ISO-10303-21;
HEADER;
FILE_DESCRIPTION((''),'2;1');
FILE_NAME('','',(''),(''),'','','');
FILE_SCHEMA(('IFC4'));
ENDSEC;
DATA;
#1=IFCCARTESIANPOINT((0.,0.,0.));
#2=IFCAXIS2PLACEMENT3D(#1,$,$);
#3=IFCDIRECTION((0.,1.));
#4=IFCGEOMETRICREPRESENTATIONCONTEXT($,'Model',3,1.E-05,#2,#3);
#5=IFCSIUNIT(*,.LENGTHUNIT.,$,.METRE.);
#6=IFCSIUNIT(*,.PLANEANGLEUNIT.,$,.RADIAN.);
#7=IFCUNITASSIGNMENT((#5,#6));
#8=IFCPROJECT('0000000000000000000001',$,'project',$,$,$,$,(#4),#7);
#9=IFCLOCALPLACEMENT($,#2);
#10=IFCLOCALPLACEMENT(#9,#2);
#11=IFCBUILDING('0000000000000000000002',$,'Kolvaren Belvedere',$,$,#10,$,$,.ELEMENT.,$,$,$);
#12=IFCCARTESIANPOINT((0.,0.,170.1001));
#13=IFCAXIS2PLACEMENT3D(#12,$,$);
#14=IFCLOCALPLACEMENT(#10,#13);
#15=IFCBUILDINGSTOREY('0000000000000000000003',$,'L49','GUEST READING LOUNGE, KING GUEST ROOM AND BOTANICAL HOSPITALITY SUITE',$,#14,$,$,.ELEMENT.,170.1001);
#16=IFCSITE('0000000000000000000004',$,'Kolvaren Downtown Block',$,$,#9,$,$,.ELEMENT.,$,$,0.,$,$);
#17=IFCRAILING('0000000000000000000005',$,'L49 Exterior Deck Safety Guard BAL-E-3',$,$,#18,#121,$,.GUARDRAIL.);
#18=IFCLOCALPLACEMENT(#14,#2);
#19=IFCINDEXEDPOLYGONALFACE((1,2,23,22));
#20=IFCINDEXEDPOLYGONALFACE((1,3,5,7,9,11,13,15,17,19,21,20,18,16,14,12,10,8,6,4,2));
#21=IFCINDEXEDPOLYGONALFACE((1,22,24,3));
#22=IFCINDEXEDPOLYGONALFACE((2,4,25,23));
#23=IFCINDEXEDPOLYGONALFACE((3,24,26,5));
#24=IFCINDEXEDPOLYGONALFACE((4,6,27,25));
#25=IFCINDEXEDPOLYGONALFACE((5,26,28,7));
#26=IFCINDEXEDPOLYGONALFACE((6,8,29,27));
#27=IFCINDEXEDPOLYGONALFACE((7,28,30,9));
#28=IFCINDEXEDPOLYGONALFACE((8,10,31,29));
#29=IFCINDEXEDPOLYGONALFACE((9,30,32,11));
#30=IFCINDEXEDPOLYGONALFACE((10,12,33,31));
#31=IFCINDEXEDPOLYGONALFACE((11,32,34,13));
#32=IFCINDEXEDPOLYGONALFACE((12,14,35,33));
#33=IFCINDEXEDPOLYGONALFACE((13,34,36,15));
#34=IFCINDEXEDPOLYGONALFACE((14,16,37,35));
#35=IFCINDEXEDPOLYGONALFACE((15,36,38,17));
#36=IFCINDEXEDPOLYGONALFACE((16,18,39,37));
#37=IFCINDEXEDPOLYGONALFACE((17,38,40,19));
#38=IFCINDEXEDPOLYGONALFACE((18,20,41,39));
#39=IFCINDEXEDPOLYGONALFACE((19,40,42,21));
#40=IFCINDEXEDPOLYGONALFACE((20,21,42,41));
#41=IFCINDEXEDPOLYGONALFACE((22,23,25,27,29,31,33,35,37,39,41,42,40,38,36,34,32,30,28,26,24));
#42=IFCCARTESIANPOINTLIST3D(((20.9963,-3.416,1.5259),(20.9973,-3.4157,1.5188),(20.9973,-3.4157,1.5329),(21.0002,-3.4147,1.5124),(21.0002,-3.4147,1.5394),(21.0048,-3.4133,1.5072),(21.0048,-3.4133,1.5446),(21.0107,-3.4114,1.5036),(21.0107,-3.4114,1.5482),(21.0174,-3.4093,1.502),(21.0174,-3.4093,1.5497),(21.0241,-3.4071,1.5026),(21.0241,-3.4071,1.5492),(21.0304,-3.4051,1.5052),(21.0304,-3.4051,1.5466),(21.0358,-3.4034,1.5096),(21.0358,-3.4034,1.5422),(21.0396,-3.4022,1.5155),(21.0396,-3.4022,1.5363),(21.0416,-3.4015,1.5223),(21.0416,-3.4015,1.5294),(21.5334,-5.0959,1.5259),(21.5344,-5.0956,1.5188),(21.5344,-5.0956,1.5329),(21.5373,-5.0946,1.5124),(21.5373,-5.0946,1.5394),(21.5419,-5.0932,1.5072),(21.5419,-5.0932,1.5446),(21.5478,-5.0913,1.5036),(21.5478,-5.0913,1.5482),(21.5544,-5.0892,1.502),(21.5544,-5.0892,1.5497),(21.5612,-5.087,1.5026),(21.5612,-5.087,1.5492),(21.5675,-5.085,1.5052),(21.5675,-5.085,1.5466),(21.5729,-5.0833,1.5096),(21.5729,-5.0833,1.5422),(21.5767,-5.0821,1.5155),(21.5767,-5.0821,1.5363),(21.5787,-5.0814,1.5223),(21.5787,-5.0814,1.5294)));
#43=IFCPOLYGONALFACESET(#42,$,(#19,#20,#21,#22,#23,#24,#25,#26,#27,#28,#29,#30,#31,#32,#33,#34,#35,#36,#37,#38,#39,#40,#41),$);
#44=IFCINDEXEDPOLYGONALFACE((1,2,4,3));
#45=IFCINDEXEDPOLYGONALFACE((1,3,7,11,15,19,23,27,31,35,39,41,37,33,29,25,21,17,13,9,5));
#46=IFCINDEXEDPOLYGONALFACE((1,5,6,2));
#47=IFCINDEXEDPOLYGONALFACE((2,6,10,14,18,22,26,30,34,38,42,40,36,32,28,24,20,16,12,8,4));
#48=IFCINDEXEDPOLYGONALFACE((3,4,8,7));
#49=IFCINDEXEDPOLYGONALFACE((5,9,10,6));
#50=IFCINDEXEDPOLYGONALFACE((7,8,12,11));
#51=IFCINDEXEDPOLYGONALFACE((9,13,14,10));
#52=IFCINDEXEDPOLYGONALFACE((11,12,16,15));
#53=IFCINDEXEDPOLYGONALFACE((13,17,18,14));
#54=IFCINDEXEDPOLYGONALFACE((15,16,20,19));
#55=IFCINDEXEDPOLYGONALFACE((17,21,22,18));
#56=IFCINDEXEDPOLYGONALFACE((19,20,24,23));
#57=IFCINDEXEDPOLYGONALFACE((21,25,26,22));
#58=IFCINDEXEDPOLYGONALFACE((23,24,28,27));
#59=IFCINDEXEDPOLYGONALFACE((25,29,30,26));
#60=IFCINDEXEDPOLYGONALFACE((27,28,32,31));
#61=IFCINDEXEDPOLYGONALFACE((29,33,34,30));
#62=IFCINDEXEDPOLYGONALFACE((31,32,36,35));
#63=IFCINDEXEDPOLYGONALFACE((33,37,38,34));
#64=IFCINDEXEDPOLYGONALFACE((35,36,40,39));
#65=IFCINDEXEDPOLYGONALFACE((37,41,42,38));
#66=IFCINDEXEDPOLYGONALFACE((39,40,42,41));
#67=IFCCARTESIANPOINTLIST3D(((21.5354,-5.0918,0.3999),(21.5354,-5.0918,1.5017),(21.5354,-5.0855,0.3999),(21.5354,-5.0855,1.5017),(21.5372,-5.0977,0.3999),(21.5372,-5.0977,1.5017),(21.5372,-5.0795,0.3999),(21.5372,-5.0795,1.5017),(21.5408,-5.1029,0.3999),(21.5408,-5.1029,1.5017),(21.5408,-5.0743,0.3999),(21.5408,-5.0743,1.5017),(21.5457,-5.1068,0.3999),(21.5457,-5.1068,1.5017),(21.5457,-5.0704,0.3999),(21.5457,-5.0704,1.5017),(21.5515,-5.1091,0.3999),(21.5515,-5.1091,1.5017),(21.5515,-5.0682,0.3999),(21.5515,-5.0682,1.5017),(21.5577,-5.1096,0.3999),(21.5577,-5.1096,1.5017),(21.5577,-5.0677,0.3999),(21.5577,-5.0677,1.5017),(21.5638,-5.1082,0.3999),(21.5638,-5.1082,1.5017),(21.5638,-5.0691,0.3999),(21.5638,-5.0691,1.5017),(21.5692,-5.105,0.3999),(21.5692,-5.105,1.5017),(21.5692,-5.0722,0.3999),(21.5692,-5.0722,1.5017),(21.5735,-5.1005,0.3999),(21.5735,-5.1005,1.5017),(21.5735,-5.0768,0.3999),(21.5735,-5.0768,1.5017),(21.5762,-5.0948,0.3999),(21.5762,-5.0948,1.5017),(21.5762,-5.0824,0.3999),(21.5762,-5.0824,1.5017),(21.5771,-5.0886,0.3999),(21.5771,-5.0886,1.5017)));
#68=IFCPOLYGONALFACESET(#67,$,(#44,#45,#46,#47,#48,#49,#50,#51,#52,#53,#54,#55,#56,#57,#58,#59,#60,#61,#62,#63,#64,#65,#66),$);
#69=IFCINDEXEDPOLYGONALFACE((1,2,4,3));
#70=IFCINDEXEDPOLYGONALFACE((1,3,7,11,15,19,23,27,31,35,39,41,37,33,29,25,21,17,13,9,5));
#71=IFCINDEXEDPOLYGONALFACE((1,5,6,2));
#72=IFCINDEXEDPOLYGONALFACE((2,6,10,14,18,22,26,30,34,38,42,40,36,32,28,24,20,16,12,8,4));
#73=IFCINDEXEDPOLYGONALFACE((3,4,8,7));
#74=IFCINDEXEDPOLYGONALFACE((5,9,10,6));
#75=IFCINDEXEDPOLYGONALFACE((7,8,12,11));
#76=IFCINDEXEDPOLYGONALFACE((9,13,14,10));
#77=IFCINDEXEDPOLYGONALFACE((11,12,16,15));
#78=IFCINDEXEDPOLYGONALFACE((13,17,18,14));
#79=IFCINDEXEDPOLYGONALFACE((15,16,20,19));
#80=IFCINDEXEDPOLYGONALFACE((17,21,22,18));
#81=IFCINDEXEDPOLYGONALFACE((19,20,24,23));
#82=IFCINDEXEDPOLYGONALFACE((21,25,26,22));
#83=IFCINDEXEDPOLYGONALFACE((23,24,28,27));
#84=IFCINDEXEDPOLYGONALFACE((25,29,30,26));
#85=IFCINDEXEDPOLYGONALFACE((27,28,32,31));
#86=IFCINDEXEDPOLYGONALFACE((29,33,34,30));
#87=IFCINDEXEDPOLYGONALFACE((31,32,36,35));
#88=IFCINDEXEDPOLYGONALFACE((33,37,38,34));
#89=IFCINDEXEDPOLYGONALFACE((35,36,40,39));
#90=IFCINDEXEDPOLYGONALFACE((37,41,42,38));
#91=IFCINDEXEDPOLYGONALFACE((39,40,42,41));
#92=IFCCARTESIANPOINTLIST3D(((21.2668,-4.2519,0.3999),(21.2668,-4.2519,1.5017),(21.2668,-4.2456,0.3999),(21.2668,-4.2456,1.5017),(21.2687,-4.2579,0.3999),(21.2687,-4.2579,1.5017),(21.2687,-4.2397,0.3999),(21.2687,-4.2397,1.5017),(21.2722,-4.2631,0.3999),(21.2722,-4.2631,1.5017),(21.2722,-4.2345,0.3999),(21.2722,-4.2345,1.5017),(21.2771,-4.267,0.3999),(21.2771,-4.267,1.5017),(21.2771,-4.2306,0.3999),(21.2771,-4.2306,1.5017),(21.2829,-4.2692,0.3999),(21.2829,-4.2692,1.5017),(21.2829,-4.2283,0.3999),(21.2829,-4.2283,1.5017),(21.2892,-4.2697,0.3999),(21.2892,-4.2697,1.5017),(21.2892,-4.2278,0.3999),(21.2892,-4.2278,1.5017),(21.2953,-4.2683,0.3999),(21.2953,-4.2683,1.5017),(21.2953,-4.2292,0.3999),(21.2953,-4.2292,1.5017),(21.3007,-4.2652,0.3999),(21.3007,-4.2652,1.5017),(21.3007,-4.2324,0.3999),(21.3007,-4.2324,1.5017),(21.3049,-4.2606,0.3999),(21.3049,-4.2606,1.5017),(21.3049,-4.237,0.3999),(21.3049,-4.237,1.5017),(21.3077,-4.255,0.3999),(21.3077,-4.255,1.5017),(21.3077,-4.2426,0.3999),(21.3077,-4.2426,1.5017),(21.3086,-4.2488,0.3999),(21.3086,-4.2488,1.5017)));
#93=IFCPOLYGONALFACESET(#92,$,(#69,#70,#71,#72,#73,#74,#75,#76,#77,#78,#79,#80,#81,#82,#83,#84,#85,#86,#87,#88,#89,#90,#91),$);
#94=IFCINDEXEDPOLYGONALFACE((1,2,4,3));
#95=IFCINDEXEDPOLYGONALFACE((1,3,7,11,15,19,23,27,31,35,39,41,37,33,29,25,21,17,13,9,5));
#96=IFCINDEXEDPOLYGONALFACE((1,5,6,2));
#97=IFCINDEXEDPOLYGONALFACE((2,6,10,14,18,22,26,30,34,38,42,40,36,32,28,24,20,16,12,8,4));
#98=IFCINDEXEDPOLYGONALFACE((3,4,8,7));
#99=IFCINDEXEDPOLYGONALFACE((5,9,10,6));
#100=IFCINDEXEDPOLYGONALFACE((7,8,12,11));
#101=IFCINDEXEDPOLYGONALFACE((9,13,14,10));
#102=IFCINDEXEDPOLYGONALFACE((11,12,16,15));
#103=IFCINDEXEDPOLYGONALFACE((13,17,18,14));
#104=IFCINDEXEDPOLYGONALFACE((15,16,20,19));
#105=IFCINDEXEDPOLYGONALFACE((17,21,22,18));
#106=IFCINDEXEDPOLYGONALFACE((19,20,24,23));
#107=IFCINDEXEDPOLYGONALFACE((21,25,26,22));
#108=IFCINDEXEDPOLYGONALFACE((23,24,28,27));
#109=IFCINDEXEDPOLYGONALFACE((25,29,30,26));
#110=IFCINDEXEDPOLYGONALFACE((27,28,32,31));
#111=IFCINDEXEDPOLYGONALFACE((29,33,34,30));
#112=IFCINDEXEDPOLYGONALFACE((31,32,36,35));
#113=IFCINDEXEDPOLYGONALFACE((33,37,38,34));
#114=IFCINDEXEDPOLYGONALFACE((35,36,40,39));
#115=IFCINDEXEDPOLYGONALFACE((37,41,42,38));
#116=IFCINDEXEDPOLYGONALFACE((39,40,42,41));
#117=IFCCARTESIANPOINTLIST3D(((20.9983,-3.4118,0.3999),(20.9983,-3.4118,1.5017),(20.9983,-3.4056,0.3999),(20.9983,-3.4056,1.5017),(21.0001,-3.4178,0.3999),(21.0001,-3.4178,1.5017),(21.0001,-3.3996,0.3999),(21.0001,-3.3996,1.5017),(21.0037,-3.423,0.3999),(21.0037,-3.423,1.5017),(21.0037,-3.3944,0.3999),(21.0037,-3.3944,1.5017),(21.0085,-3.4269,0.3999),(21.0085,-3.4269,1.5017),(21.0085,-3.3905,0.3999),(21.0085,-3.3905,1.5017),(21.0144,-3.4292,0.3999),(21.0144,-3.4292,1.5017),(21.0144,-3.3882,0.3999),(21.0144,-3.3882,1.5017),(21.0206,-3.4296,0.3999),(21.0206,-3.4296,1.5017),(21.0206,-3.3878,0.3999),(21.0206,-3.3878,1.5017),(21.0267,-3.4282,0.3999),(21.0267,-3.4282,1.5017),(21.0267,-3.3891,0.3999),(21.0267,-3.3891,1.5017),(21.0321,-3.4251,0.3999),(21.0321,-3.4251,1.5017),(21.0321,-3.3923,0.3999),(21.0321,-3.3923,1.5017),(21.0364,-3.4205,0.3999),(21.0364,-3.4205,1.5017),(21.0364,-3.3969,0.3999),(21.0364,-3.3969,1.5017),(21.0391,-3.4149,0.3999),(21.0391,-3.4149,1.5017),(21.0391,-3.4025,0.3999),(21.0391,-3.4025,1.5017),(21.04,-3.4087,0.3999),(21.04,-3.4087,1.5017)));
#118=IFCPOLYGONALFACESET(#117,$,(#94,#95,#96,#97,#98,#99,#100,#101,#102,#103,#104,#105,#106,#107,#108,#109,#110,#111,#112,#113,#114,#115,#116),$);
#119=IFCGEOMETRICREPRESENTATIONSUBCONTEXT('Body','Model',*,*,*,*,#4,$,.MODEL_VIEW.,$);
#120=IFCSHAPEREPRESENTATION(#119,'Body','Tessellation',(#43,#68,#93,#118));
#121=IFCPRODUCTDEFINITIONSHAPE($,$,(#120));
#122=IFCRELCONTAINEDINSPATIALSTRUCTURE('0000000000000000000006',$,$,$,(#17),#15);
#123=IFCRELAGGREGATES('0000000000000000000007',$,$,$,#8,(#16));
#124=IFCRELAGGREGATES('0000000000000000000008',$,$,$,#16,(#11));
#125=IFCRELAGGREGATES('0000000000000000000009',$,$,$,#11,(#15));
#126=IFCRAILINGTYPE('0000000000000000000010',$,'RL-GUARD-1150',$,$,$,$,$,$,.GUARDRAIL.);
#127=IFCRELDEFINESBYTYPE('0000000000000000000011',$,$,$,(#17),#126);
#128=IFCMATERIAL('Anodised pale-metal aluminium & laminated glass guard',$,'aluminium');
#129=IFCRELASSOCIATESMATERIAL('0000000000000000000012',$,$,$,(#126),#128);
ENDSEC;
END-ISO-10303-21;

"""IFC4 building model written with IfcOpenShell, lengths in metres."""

from ifc_helpers import new_model, si_unit, direction, frame, origin, origin_2d, place, context, subcontext, project, spatial, circle, extrude, material, type_object, element, save


model = new_model("IFC4")

# Units and contexts
model_context = context("Model", 3, precision=1e-05, world=origin(), true_north=direction((0.0, 1.0)))
body_context = subcontext(model_context, "Body", "Model", "MODEL_VIEW")
ifc_project = project(units=[si_unit("LENGTHUNIT", "METRE"), si_unit("PLANEANGLEUNIT", "RADIAN")], contexts=[model_context])

# Site, building, storey
site_placement = place(None, origin())
site = spatial("IfcSite", under=ifc_project, at=site_placement, Name="Kolvaren Downtown Block", CompositionType="ELEMENT", RefElevation=0.0)
building_placement = place(site_placement, origin())
building = spatial("IfcBuilding", under=site, at=building_placement, Name="Kolvaren Belvedere", CompositionType="ELEMENT")
storey_placement = place(building_placement, frame((0.0, 0.0, 170.1001)))
storey = spatial("IfcBuildingStorey", under=building, at=storey_placement, Name="L49", Description="GUEST READING LOUNGE, KING GUEST ROOM AND BOTANICAL HOSPITALITY SUITE", CompositionType="ELEMENT", Elevation=170.1001)

# Railing
ifc_material_1 = material(Name="Anodised pale-metal aluminium & laminated glass guard", Category="aluminium")
railing_type = type_object("IfcRailingType", Name="RL-GUARD-1150", PredefinedType="GUARDRAIL", material=ifc_material_1)
railing_1_placement = place(storey_placement, frame((21.5562, -5.0886, 0.3999)))
element("IfcRailing", 1, at=railing_1_placement, inside=storey, type_object=railing_type, Name="L49 Exterior Deck Safety Guard BAL-E-3", PredefinedType="GUARDRAIL", context=body_context, shape_type="SweptSolid", body=[
    extrude(circle(Radius=0.0239, at=origin_2d()), frame((0.0, 0.0, 1.126), z_axis=(-0.304535, 0.952501, 0.0), x_axis=(-0.952501, -0.304535, 0.0)), (0.0, 0.0, 1.0), 1.7637),
    extrude(circle(Radius=0.021, at=origin_2d()), origin(), (0.0, 0.0, 1.0), 1.1018),
    extrude(circle(Radius=0.021, at=origin_2d()), frame((-0.2686, 0.8398, 0.0)), (0.0, 0.0, 1.0), 1.1018),
    extrude(circle(Radius=0.021, at=origin_2d()), frame((-0.5371, 1.6799, 0.0)), (0.0, 0.0, 1.0), 1.1018),
])

save(model, "model.ifc")
